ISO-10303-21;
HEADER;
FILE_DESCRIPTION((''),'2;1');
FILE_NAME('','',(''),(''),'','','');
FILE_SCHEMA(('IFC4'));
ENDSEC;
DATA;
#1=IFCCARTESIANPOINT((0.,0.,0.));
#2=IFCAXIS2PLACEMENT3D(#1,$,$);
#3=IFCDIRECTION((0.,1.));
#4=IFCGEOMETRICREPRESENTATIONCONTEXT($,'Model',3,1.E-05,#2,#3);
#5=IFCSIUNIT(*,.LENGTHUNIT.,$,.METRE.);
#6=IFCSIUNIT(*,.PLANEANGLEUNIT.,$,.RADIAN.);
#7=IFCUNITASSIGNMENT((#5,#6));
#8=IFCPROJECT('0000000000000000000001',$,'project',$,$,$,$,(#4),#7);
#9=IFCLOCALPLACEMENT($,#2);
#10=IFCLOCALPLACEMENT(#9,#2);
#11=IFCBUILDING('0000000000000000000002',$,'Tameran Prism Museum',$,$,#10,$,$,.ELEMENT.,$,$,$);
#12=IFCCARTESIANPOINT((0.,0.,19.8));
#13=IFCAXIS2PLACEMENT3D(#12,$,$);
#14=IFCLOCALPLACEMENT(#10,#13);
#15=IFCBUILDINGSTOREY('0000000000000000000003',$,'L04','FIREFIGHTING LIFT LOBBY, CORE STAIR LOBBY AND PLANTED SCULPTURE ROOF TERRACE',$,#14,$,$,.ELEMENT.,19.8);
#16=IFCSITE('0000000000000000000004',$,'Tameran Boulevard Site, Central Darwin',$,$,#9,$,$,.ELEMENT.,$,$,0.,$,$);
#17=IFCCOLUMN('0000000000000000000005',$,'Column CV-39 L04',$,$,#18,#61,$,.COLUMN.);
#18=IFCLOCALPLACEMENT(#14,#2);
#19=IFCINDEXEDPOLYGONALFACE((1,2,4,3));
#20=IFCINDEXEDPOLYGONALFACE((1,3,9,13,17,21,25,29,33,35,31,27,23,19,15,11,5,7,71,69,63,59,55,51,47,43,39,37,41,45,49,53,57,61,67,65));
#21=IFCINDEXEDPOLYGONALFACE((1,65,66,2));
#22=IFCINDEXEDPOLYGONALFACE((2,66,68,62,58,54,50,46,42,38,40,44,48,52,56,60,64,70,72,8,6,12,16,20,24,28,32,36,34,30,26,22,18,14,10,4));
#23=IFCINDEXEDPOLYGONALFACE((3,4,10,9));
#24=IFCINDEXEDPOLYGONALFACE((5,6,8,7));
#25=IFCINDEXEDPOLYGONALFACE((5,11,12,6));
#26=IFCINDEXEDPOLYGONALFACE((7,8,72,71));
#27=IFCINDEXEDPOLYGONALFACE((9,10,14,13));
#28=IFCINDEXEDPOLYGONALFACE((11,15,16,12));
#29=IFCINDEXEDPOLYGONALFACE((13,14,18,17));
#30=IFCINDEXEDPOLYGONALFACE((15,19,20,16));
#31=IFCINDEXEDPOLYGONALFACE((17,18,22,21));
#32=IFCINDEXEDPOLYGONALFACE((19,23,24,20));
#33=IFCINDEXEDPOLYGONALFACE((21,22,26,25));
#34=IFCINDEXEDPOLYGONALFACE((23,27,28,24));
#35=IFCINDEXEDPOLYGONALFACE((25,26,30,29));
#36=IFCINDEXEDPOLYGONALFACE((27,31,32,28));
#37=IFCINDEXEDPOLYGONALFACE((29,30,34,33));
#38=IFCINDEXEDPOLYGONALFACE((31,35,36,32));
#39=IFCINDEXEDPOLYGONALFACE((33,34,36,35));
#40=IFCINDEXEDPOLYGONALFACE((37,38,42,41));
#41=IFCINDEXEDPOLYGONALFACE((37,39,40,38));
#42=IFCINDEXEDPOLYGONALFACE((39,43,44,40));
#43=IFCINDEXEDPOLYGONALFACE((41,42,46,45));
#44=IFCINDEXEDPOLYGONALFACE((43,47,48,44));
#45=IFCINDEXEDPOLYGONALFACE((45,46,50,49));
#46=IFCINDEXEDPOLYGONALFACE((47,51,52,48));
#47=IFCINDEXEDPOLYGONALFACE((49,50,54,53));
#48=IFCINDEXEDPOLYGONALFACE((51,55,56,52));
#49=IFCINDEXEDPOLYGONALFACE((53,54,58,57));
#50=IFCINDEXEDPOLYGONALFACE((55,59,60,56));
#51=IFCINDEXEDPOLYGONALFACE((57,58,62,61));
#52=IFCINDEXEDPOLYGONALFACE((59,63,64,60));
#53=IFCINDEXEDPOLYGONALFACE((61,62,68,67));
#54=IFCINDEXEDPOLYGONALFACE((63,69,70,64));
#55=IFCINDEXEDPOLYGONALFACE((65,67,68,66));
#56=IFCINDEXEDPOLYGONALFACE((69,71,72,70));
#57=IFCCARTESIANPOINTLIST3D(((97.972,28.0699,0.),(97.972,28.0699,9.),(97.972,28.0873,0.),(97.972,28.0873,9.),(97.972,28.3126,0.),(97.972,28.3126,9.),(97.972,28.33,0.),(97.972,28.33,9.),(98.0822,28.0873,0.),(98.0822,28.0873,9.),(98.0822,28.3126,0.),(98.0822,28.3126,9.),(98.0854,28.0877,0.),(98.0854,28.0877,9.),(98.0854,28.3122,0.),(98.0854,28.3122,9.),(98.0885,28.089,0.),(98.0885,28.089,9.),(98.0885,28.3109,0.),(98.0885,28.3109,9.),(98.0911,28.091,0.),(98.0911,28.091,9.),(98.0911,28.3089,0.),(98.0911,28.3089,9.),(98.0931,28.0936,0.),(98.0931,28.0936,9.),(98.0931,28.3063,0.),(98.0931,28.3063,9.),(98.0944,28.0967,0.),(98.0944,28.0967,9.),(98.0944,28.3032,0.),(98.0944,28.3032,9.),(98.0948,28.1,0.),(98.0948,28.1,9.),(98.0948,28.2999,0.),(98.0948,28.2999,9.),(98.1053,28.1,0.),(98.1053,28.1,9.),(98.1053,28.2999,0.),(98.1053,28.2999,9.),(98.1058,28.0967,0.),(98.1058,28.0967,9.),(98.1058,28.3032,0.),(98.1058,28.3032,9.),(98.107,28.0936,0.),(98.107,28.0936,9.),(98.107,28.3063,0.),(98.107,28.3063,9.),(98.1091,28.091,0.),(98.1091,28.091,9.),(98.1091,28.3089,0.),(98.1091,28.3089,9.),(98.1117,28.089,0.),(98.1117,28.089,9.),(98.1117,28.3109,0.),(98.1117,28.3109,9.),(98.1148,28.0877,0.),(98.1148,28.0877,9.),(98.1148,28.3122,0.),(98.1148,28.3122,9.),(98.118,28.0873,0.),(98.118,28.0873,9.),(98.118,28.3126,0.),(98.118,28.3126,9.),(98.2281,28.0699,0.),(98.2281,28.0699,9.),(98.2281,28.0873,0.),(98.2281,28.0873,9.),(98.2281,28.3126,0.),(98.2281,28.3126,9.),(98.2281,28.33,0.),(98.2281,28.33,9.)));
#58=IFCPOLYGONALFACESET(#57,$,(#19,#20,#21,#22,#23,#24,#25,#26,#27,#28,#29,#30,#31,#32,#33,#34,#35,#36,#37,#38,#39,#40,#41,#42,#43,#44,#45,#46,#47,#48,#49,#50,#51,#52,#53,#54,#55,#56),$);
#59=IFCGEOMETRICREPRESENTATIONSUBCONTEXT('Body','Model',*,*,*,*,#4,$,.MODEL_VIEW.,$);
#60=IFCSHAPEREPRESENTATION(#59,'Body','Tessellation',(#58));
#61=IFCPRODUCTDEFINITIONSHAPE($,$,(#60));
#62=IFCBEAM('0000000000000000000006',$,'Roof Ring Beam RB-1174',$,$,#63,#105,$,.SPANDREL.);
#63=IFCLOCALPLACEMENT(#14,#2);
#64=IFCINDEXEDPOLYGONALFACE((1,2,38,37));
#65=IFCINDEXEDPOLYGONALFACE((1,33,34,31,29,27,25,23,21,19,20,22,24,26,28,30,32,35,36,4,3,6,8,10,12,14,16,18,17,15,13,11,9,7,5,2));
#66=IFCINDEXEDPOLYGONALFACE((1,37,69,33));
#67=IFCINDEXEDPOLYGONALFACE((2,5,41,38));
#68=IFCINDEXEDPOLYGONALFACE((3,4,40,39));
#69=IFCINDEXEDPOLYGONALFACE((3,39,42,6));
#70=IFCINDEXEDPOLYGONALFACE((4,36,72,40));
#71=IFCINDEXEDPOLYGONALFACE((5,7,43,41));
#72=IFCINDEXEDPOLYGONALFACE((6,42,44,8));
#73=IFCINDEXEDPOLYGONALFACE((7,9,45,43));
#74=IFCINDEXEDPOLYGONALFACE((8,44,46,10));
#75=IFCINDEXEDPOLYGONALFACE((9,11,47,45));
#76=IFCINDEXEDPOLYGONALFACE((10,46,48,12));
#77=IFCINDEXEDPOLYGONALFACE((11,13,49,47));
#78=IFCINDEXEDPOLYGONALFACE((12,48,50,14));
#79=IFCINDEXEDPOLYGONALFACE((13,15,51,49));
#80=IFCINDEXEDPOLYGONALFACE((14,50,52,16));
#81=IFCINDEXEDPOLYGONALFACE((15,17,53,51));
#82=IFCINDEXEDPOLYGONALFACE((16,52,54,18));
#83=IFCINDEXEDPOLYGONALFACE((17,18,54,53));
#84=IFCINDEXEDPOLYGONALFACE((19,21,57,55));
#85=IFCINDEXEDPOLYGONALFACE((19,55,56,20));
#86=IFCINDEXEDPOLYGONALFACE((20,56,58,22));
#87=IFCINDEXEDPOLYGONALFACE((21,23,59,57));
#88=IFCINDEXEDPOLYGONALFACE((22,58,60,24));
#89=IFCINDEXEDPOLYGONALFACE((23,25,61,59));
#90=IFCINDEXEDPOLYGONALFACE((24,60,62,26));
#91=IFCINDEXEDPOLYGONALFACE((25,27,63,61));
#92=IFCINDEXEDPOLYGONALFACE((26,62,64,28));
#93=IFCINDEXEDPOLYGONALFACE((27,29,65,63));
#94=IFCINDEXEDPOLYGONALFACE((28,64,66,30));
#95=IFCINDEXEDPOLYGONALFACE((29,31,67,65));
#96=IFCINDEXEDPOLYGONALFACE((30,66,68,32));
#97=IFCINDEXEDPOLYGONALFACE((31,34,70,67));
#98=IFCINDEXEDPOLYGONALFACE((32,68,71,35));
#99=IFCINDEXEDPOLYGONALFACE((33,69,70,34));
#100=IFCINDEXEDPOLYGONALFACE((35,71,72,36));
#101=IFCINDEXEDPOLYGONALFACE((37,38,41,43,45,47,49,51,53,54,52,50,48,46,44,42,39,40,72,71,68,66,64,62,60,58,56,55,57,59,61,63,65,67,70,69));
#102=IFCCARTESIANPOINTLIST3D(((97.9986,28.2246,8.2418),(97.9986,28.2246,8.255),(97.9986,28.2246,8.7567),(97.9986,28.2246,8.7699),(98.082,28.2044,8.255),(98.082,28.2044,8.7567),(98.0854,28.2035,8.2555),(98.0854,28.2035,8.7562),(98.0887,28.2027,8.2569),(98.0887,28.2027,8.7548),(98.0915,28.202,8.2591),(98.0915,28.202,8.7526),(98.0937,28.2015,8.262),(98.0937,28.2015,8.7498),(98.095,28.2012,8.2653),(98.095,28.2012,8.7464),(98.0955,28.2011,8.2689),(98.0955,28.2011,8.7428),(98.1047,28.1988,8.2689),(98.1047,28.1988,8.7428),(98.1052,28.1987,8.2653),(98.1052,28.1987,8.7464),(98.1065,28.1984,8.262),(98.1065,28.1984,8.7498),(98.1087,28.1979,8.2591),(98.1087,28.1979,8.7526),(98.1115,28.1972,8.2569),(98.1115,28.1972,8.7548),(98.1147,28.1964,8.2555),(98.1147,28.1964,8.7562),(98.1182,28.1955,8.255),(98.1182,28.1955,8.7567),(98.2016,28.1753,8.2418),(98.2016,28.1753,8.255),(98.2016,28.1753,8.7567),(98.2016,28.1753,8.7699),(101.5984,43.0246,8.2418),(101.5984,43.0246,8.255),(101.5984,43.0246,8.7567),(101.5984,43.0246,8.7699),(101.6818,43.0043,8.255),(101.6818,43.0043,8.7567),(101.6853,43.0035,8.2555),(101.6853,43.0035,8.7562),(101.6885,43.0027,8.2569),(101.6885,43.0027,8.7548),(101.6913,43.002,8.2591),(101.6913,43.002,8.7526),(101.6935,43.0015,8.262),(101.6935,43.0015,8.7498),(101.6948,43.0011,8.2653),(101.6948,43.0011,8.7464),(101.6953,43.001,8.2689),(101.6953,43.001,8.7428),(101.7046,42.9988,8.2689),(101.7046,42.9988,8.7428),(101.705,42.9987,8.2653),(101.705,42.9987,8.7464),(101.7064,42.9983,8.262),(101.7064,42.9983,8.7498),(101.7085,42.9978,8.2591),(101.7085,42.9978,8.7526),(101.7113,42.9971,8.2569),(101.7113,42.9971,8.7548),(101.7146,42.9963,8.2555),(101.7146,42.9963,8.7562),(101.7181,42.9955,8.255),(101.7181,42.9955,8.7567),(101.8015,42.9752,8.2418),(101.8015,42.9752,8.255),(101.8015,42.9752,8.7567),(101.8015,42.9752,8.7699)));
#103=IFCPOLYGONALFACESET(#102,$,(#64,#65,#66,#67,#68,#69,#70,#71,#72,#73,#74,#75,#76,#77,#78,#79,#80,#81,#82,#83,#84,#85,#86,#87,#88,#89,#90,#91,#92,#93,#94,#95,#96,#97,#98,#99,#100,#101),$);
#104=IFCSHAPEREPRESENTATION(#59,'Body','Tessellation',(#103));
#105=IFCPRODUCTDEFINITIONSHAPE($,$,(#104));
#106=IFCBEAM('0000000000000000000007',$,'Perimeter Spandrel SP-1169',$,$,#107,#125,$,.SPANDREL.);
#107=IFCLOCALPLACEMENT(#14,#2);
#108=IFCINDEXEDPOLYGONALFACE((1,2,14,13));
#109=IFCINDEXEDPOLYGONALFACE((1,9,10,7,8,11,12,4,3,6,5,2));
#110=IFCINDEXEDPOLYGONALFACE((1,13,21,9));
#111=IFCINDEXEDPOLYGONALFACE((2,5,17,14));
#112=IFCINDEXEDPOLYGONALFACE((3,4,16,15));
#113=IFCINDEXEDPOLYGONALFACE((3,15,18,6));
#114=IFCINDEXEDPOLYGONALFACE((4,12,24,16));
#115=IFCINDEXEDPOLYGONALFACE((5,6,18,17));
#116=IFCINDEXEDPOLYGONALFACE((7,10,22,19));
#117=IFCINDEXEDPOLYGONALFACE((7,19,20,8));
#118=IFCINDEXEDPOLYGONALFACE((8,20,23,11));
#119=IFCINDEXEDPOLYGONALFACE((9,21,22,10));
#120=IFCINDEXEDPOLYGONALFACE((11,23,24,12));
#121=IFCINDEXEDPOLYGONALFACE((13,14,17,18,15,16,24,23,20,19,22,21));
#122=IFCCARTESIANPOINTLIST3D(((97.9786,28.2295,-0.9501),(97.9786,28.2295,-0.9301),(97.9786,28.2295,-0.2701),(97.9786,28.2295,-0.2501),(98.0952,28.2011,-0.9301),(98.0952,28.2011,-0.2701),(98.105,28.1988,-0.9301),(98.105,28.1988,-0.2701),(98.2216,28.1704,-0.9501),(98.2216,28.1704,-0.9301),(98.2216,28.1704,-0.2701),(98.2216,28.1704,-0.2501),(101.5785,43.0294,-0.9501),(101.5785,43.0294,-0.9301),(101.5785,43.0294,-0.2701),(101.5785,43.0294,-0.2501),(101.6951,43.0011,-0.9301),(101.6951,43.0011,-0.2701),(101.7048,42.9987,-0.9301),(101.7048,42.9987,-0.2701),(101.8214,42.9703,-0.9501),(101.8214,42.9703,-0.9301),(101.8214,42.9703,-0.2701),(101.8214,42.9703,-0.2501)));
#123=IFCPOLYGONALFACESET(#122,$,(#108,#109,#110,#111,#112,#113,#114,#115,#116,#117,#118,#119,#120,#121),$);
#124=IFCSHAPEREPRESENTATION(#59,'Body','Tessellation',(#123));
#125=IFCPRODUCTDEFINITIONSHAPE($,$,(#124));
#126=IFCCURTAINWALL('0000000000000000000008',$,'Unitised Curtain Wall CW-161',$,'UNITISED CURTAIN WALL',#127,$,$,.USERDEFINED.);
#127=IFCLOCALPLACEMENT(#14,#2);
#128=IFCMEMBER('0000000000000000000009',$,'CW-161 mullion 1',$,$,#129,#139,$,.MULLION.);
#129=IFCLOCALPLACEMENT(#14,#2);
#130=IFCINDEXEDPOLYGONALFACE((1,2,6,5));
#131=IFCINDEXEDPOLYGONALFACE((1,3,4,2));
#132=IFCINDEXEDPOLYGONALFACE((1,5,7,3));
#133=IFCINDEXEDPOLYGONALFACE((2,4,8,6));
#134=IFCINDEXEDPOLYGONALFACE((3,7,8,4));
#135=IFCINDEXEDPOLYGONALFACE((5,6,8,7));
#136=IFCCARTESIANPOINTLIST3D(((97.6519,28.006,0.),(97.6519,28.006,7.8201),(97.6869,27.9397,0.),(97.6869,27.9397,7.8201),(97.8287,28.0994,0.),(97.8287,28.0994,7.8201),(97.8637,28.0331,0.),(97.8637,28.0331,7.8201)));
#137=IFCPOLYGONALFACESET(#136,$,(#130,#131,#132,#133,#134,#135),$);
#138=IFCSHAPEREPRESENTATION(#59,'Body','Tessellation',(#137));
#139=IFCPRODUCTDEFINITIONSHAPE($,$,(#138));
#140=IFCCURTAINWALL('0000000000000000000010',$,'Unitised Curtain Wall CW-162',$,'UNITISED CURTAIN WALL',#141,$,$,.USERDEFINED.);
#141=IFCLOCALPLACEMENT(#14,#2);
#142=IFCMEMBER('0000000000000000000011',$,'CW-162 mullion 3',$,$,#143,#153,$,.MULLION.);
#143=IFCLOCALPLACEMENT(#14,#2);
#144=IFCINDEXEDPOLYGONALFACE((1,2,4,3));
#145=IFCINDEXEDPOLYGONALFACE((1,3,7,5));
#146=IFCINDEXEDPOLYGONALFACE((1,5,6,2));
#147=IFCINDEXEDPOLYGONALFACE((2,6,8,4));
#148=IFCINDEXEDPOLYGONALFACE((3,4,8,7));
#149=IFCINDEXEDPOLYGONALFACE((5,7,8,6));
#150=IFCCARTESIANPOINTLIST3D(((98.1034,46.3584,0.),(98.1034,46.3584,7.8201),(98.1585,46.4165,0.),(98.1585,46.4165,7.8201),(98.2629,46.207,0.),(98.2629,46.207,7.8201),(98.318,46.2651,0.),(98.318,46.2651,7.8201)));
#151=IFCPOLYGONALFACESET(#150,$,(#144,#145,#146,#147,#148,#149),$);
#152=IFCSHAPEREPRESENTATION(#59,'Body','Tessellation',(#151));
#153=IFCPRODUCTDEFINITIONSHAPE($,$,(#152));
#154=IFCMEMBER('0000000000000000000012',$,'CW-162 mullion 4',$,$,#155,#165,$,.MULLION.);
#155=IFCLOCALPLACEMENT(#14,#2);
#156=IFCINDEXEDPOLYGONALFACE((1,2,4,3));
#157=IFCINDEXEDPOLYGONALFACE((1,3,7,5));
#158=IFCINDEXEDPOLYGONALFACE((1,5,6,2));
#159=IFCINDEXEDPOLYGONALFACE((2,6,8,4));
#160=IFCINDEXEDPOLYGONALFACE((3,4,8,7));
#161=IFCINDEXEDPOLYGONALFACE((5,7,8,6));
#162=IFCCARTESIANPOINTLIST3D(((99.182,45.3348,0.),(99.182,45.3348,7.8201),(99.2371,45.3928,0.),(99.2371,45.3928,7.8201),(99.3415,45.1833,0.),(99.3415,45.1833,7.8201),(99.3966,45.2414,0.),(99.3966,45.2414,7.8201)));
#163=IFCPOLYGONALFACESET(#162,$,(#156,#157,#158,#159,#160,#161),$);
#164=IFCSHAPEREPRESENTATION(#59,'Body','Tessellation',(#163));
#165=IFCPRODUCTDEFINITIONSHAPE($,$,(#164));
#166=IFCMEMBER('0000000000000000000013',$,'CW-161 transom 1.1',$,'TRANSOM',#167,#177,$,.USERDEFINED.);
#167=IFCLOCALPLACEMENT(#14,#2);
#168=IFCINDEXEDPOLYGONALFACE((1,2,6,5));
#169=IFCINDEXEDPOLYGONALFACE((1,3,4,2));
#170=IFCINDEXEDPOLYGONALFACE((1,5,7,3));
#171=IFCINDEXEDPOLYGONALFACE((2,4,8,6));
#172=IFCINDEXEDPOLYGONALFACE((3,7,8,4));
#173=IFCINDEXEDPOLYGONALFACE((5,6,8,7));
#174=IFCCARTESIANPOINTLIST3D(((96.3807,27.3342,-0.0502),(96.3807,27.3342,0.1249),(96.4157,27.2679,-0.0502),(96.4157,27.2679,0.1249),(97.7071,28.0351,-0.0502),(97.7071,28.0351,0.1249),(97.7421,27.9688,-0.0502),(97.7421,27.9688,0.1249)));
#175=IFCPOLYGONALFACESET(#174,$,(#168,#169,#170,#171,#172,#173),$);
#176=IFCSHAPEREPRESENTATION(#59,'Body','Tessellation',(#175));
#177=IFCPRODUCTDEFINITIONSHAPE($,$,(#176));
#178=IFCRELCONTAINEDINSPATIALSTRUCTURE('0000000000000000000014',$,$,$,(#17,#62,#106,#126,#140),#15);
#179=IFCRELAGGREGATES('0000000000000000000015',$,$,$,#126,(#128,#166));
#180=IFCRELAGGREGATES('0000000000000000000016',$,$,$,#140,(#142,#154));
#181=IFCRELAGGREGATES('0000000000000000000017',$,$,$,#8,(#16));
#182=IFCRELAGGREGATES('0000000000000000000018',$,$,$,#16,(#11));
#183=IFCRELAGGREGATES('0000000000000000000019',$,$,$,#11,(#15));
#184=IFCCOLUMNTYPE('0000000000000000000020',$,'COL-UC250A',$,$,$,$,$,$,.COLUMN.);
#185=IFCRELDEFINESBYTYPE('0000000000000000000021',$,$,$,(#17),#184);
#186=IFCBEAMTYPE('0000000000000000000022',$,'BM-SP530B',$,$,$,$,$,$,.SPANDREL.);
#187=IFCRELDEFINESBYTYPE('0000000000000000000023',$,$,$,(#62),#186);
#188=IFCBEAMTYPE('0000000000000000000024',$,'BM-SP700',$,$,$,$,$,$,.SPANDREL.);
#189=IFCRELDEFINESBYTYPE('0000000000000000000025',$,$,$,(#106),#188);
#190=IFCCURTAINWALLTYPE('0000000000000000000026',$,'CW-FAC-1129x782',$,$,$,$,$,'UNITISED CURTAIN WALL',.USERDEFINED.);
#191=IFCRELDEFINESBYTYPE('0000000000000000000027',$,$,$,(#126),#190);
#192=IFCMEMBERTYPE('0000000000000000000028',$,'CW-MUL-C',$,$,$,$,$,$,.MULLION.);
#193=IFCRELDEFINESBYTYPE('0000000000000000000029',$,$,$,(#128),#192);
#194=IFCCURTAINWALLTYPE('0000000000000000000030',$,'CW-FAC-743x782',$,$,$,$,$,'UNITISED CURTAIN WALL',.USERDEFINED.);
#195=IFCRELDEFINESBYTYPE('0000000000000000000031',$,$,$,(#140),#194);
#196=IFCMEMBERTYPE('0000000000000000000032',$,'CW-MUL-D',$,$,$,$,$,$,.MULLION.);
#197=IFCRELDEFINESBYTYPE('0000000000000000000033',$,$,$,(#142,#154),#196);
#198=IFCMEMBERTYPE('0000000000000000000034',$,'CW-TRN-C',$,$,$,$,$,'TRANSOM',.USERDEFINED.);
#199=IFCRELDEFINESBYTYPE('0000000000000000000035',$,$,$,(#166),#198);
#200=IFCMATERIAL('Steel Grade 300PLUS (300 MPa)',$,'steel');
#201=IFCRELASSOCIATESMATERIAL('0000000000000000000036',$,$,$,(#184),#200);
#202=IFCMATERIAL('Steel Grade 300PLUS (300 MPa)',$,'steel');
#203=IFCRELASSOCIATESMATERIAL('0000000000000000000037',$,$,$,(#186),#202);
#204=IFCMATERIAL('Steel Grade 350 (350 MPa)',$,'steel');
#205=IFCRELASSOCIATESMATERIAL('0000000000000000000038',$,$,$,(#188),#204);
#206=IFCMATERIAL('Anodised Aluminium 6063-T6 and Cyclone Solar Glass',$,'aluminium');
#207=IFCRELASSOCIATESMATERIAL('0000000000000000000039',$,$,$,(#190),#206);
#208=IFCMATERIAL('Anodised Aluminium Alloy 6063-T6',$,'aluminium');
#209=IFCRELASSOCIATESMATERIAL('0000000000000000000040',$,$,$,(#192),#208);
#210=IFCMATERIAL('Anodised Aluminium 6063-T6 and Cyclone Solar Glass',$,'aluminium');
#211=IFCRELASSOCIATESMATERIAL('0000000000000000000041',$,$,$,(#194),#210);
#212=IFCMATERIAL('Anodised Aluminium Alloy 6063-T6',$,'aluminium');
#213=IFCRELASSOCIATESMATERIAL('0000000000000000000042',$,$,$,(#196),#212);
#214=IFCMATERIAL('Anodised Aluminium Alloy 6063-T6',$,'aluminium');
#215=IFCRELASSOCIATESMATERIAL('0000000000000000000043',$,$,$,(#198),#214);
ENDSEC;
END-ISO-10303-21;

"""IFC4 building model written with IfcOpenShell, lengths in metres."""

from ifc_helpers import new_model, si_unit, direction, frame, origin, origin_2d, place, context, subcontext, project, spatial, rectangle, i_section, extrude, material, material_profile, profile_set, type_object, element, aggregate, save


model = new_model("IFC4")

# Units and contexts
model_context = context("Model", 3, precision=1e-05, world=origin(), true_north=direction((0.0, 1.0)))
body_context = subcontext(model_context, "Body", "Model", "MODEL_VIEW")
ifc_project = project(units=[si_unit("LENGTHUNIT", "METRE"), si_unit("PLANEANGLEUNIT", "RADIAN")], contexts=[model_context])

# Site, building, storey
site_placement = place(None, origin())
site = spatial("IfcSite", under=ifc_project, at=site_placement, Name="Tameran Boulevard Site, Central Darwin", CompositionType="ELEMENT", RefElevation=0.0)
building_placement = place(site_placement, origin())
building = spatial("IfcBuilding", under=site, at=building_placement, Name="Tameran Prism Museum", CompositionType="ELEMENT")
storey_placement = place(building_placement, frame((0.0, 0.0, 19.8)))
storey = spatial("IfcBuildingStorey", under=building, at=storey_placement, Name="L04", Description="FIREFIGHTING LIFT LOBBY, CORE STAIR LOBBY AND PLANTED SCULPTURE ROOF TERRACE", CompositionType="ELEMENT", Elevation=19.8)

# Column
ifc_material_1 = material(Name="Steel Grade 300PLUS (300 MPa)", Category="steel")
ifc_material_profile_1 = material_profile(ifc_material_1, i_section(OverallWidth=0.2561, OverallDepth=0.26, WebThickness=0.0105, FlangeThickness=0.0173, FilletRadius=0.0127, at=origin_2d()))
ifc_profile_set_1 = profile_set([ifc_material_profile_1])
column_type = type_object("IfcColumnType", Name="COL-UC250A", PredefinedType="COLUMN", material=ifc_profile_set_1)
column_placement = place(storey_placement, frame((98.1001, 28.2, 0.0), z_axis=(0.0, 0.0, 1.0), x_axis=(1.0, 0.0, 0.0)))
element("IfcColumn", 1, at=column_placement, inside=storey, type_object=column_type, Name="Column CV-39 L04", PredefinedType="COLUMN", context=body_context, shape_type="SweptSolid", body=[
    extrude(i_section(OverallWidth=0.2561, OverallDepth=0.26, WebThickness=0.0105, FlangeThickness=0.0173, FilletRadius=0.0127, at=origin_2d()), origin(), (0.0, 0.0, 1.0), 9.0),
])

# Beams
ifc_material_2 = material(Name="Steel Grade 300PLUS (300 MPa)", Category="steel")
ifc_material_profile_2 = material_profile(ifc_material_2, i_section(OverallWidth=0.209, OverallDepth=0.5281, WebThickness=0.0095, FlangeThickness=0.0132, FilletRadius=0.0139, at=origin_2d()))
ifc_profile_set_2 = profile_set([ifc_material_profile_2])
beam_type_1 = type_object("IfcBeamType", Name="BM-SP530B", PredefinedType="SPANDREL", material=ifc_profile_set_2)
beam_1_placement = place(storey_placement, frame((98.1001, 28.2, 8.5059), z_axis=(0.236342, 0.97167, 0.0), x_axis=(-0.97167, 0.236342, 0.0)))
element("IfcBeam", 2, at=beam_1_placement, inside=storey, type_object=beam_type_1, Name="Roof Ring Beam RB-1174", PredefinedType="SPANDREL", context=body_context, shape_type="SweptSolid", body=[
    extrude(i_section(OverallWidth=0.209, OverallDepth=0.5281, WebThickness=0.0095, FlangeThickness=0.0132, FilletRadius=0.0139, at=origin_2d()), origin(), (0.0, 0.0, 1.0), 15.2314),
])
ifc_material_3 = material(Name="Steel Grade 350 (350 MPa)", Category="steel")
ifc_material_profile_3 = material_profile(ifc_material_3, i_section(OverallWidth=0.25, OverallDepth=0.7, WebThickness=0.01, FlangeThickness=0.02, at=origin_2d()))
ifc_profile_set_3 = profile_set([ifc_material_profile_3])
beam_type_2 = type_object("IfcBeamType", Name="BM-SP700", PredefinedType="SPANDREL", material=ifc_profile_set_3)
beam_2_placement = place(storey_placement, frame((98.1001, 28.2, -0.6001), z_axis=(0.236342, 0.97167, 0.0), x_axis=(-0.97167, 0.236342, 0.0)))
element("IfcBeam", 3, at=beam_2_placement, inside=storey, type_object=beam_type_2, Name="Perimeter Spandrel SP-1169", PredefinedType="SPANDREL", context=body_context, shape_type="SweptSolid", body=[
    extrude(i_section(OverallWidth=0.25, OverallDepth=0.7, WebThickness=0.01, FlangeThickness=0.02, at=origin_2d()), origin(), (0.0, 0.0, 1.0), 15.2314),
])

# Curtain wall, member
ifc_material_4 = material(Name="Anodised Aluminium 6063-T6 and Cyclone Solar Glass", Category="aluminium")
curtain_wall_type_1 = type_object("IfcCurtainWallType", Name="CW-FAC-1129x782", ElementType="UNITISED CURTAIN WALL", PredefinedType="USERDEFINED", material=ifc_material_4)
curtain_wall_1_placement = place(storey_placement, origin())
curtain_wall_1 = element("IfcCurtainWall", 4, at=curtain_wall_1_placement, inside=storey, type_object=curtain_wall_type_1, Name="Unitised Curtain Wall CW-161", ObjectType="UNITISED CURTAIN WALL", PredefinedType="USERDEFINED")
ifc_material_5 = material(Name="Anodised Aluminium Alloy 6063-T6", Category="aluminium")
ifc_material_profile_4 = material_profile(ifc_material_5, rectangle(XDim=0.075, YDim=0.2, at=origin_2d()))
ifc_profile_set_4 = profile_set([ifc_material_profile_4])
member_type_1 = type_object("IfcMemberType", Name="CW-MUL-C", PredefinedType="MULLION", material=ifc_profile_set_4)
member_1_placement = place(storey_placement, frame((97.7578, 28.0195, 0.0), z_axis=(0.0, 0.0, 1.0), x_axis=(0.467155, -0.884175, 0.0)))
member_1 = element("IfcMember", 5, at=member_1_placement, type_object=member_type_1, Name="CW-161 mullion 1", PredefinedType="MULLION", context=body_context, shape_type="SweptSolid", body=[
    extrude(rectangle(XDim=0.075, YDim=0.2, at=origin_2d()), origin(), (0.0, 0.0, 1.0), 7.8201),
])

# Curtain wall, members
ifc_material_6 = material(Name="Anodised Aluminium 6063-T6 and Cyclone Solar Glass", Category="aluminium")
curtain_wall_type_2 = type_object("IfcCurtainWallType", Name="CW-FAC-743x782", ElementType="UNITISED CURTAIN WALL", PredefinedType="USERDEFINED", material=ifc_material_6)
curtain_wall_2_placement = place(storey_placement, origin())
curtain_wall_2 = element("IfcCurtainWall", 6, at=curtain_wall_2_placement, inside=storey, type_object=curtain_wall_type_2, Name="Unitised Curtain Wall CW-162", ObjectType="UNITISED CURTAIN WALL", PredefinedType="USERDEFINED")
ifc_material_7 = material(Name="Anodised Aluminium Alloy 6063-T6", Category="aluminium")
ifc_material_profile_5 = material_profile(ifc_material_7, rectangle(XDim=0.0801, YDim=0.22, at=origin_2d()))
ifc_profile_set_5 = profile_set([ifc_material_profile_5])
member_type_2 = type_object("IfcMemberType", Name="CW-MUL-D", PredefinedType="MULLION", material=ifc_profile_set_5)
member_2_placement = place(storey_placement, frame((98.2107, 46.3118, 0.0), z_axis=(0.0, 0.0, 1.0), x_axis=(0.688438, 0.725295, 0.0)))
member_2 = element("IfcMember", 7, at=member_2_placement, type_object=member_type_2, Name="CW-162 mullion 3", PredefinedType="MULLION", context=body_context, shape_type="SweptSolid", body=[
    extrude(rectangle(XDim=0.0801, YDim=0.22, at=origin_2d()), origin(), (0.0, 0.0, 1.0), 7.8201),
])
member_3_placement = place(storey_placement, frame((99.2893, 45.2881, 0.0), z_axis=(0.0, 0.0, 1.0), x_axis=(0.688438, 0.725295, 0.0)))
member_3 = element("IfcMember", 8, at=member_3_placement, type_object=member_type_2, Name="CW-162 mullion 4", PredefinedType="MULLION", context=body_context, shape_type="SweptSolid", body=[
    extrude(rectangle(XDim=0.0801, YDim=0.22, at=origin_2d()), origin(), (0.0, 0.0, 1.0), 7.8201),
])

# Member
ifc_material_8 = material(Name="Anodised Aluminium Alloy 6063-T6", Category="aluminium")
ifc_material_profile_6 = material_profile(ifc_material_8, rectangle(XDim=0.075, YDim=0.175, at=origin_2d()))
ifc_profile_set_6 = profile_set([ifc_material_profile_6])
member_type_3 = type_object("IfcMemberType", Name="CW-TRN-C", ElementType="TRANSOM", PredefinedType="USERDEFINED", material=ifc_profile_set_6)
member_4_placement = place(storey_placement, frame((97.7246, 28.002, 0.0374), z_axis=(-0.884144, -0.467215, 0.0), x_axis=(0.467215, -0.884144, 0.0)))
member_4 = element("IfcMember", 9, at=member_4_placement, type_object=member_type_3, Name="CW-161 transom 1.1", ObjectType="TRANSOM", PredefinedType="USERDEFINED", context=body_context, shape_type="SweptSolid", body=[
    extrude(rectangle(XDim=0.075, YDim=0.175, at=origin_2d()), origin(), (0.0, 0.0, 1.0), 1.5002),
])
aggregate(curtain_wall_1, [member_1, member_4])

aggregate(curtain_wall_2, [member_2, member_3])

save(model, "model.ifc")
